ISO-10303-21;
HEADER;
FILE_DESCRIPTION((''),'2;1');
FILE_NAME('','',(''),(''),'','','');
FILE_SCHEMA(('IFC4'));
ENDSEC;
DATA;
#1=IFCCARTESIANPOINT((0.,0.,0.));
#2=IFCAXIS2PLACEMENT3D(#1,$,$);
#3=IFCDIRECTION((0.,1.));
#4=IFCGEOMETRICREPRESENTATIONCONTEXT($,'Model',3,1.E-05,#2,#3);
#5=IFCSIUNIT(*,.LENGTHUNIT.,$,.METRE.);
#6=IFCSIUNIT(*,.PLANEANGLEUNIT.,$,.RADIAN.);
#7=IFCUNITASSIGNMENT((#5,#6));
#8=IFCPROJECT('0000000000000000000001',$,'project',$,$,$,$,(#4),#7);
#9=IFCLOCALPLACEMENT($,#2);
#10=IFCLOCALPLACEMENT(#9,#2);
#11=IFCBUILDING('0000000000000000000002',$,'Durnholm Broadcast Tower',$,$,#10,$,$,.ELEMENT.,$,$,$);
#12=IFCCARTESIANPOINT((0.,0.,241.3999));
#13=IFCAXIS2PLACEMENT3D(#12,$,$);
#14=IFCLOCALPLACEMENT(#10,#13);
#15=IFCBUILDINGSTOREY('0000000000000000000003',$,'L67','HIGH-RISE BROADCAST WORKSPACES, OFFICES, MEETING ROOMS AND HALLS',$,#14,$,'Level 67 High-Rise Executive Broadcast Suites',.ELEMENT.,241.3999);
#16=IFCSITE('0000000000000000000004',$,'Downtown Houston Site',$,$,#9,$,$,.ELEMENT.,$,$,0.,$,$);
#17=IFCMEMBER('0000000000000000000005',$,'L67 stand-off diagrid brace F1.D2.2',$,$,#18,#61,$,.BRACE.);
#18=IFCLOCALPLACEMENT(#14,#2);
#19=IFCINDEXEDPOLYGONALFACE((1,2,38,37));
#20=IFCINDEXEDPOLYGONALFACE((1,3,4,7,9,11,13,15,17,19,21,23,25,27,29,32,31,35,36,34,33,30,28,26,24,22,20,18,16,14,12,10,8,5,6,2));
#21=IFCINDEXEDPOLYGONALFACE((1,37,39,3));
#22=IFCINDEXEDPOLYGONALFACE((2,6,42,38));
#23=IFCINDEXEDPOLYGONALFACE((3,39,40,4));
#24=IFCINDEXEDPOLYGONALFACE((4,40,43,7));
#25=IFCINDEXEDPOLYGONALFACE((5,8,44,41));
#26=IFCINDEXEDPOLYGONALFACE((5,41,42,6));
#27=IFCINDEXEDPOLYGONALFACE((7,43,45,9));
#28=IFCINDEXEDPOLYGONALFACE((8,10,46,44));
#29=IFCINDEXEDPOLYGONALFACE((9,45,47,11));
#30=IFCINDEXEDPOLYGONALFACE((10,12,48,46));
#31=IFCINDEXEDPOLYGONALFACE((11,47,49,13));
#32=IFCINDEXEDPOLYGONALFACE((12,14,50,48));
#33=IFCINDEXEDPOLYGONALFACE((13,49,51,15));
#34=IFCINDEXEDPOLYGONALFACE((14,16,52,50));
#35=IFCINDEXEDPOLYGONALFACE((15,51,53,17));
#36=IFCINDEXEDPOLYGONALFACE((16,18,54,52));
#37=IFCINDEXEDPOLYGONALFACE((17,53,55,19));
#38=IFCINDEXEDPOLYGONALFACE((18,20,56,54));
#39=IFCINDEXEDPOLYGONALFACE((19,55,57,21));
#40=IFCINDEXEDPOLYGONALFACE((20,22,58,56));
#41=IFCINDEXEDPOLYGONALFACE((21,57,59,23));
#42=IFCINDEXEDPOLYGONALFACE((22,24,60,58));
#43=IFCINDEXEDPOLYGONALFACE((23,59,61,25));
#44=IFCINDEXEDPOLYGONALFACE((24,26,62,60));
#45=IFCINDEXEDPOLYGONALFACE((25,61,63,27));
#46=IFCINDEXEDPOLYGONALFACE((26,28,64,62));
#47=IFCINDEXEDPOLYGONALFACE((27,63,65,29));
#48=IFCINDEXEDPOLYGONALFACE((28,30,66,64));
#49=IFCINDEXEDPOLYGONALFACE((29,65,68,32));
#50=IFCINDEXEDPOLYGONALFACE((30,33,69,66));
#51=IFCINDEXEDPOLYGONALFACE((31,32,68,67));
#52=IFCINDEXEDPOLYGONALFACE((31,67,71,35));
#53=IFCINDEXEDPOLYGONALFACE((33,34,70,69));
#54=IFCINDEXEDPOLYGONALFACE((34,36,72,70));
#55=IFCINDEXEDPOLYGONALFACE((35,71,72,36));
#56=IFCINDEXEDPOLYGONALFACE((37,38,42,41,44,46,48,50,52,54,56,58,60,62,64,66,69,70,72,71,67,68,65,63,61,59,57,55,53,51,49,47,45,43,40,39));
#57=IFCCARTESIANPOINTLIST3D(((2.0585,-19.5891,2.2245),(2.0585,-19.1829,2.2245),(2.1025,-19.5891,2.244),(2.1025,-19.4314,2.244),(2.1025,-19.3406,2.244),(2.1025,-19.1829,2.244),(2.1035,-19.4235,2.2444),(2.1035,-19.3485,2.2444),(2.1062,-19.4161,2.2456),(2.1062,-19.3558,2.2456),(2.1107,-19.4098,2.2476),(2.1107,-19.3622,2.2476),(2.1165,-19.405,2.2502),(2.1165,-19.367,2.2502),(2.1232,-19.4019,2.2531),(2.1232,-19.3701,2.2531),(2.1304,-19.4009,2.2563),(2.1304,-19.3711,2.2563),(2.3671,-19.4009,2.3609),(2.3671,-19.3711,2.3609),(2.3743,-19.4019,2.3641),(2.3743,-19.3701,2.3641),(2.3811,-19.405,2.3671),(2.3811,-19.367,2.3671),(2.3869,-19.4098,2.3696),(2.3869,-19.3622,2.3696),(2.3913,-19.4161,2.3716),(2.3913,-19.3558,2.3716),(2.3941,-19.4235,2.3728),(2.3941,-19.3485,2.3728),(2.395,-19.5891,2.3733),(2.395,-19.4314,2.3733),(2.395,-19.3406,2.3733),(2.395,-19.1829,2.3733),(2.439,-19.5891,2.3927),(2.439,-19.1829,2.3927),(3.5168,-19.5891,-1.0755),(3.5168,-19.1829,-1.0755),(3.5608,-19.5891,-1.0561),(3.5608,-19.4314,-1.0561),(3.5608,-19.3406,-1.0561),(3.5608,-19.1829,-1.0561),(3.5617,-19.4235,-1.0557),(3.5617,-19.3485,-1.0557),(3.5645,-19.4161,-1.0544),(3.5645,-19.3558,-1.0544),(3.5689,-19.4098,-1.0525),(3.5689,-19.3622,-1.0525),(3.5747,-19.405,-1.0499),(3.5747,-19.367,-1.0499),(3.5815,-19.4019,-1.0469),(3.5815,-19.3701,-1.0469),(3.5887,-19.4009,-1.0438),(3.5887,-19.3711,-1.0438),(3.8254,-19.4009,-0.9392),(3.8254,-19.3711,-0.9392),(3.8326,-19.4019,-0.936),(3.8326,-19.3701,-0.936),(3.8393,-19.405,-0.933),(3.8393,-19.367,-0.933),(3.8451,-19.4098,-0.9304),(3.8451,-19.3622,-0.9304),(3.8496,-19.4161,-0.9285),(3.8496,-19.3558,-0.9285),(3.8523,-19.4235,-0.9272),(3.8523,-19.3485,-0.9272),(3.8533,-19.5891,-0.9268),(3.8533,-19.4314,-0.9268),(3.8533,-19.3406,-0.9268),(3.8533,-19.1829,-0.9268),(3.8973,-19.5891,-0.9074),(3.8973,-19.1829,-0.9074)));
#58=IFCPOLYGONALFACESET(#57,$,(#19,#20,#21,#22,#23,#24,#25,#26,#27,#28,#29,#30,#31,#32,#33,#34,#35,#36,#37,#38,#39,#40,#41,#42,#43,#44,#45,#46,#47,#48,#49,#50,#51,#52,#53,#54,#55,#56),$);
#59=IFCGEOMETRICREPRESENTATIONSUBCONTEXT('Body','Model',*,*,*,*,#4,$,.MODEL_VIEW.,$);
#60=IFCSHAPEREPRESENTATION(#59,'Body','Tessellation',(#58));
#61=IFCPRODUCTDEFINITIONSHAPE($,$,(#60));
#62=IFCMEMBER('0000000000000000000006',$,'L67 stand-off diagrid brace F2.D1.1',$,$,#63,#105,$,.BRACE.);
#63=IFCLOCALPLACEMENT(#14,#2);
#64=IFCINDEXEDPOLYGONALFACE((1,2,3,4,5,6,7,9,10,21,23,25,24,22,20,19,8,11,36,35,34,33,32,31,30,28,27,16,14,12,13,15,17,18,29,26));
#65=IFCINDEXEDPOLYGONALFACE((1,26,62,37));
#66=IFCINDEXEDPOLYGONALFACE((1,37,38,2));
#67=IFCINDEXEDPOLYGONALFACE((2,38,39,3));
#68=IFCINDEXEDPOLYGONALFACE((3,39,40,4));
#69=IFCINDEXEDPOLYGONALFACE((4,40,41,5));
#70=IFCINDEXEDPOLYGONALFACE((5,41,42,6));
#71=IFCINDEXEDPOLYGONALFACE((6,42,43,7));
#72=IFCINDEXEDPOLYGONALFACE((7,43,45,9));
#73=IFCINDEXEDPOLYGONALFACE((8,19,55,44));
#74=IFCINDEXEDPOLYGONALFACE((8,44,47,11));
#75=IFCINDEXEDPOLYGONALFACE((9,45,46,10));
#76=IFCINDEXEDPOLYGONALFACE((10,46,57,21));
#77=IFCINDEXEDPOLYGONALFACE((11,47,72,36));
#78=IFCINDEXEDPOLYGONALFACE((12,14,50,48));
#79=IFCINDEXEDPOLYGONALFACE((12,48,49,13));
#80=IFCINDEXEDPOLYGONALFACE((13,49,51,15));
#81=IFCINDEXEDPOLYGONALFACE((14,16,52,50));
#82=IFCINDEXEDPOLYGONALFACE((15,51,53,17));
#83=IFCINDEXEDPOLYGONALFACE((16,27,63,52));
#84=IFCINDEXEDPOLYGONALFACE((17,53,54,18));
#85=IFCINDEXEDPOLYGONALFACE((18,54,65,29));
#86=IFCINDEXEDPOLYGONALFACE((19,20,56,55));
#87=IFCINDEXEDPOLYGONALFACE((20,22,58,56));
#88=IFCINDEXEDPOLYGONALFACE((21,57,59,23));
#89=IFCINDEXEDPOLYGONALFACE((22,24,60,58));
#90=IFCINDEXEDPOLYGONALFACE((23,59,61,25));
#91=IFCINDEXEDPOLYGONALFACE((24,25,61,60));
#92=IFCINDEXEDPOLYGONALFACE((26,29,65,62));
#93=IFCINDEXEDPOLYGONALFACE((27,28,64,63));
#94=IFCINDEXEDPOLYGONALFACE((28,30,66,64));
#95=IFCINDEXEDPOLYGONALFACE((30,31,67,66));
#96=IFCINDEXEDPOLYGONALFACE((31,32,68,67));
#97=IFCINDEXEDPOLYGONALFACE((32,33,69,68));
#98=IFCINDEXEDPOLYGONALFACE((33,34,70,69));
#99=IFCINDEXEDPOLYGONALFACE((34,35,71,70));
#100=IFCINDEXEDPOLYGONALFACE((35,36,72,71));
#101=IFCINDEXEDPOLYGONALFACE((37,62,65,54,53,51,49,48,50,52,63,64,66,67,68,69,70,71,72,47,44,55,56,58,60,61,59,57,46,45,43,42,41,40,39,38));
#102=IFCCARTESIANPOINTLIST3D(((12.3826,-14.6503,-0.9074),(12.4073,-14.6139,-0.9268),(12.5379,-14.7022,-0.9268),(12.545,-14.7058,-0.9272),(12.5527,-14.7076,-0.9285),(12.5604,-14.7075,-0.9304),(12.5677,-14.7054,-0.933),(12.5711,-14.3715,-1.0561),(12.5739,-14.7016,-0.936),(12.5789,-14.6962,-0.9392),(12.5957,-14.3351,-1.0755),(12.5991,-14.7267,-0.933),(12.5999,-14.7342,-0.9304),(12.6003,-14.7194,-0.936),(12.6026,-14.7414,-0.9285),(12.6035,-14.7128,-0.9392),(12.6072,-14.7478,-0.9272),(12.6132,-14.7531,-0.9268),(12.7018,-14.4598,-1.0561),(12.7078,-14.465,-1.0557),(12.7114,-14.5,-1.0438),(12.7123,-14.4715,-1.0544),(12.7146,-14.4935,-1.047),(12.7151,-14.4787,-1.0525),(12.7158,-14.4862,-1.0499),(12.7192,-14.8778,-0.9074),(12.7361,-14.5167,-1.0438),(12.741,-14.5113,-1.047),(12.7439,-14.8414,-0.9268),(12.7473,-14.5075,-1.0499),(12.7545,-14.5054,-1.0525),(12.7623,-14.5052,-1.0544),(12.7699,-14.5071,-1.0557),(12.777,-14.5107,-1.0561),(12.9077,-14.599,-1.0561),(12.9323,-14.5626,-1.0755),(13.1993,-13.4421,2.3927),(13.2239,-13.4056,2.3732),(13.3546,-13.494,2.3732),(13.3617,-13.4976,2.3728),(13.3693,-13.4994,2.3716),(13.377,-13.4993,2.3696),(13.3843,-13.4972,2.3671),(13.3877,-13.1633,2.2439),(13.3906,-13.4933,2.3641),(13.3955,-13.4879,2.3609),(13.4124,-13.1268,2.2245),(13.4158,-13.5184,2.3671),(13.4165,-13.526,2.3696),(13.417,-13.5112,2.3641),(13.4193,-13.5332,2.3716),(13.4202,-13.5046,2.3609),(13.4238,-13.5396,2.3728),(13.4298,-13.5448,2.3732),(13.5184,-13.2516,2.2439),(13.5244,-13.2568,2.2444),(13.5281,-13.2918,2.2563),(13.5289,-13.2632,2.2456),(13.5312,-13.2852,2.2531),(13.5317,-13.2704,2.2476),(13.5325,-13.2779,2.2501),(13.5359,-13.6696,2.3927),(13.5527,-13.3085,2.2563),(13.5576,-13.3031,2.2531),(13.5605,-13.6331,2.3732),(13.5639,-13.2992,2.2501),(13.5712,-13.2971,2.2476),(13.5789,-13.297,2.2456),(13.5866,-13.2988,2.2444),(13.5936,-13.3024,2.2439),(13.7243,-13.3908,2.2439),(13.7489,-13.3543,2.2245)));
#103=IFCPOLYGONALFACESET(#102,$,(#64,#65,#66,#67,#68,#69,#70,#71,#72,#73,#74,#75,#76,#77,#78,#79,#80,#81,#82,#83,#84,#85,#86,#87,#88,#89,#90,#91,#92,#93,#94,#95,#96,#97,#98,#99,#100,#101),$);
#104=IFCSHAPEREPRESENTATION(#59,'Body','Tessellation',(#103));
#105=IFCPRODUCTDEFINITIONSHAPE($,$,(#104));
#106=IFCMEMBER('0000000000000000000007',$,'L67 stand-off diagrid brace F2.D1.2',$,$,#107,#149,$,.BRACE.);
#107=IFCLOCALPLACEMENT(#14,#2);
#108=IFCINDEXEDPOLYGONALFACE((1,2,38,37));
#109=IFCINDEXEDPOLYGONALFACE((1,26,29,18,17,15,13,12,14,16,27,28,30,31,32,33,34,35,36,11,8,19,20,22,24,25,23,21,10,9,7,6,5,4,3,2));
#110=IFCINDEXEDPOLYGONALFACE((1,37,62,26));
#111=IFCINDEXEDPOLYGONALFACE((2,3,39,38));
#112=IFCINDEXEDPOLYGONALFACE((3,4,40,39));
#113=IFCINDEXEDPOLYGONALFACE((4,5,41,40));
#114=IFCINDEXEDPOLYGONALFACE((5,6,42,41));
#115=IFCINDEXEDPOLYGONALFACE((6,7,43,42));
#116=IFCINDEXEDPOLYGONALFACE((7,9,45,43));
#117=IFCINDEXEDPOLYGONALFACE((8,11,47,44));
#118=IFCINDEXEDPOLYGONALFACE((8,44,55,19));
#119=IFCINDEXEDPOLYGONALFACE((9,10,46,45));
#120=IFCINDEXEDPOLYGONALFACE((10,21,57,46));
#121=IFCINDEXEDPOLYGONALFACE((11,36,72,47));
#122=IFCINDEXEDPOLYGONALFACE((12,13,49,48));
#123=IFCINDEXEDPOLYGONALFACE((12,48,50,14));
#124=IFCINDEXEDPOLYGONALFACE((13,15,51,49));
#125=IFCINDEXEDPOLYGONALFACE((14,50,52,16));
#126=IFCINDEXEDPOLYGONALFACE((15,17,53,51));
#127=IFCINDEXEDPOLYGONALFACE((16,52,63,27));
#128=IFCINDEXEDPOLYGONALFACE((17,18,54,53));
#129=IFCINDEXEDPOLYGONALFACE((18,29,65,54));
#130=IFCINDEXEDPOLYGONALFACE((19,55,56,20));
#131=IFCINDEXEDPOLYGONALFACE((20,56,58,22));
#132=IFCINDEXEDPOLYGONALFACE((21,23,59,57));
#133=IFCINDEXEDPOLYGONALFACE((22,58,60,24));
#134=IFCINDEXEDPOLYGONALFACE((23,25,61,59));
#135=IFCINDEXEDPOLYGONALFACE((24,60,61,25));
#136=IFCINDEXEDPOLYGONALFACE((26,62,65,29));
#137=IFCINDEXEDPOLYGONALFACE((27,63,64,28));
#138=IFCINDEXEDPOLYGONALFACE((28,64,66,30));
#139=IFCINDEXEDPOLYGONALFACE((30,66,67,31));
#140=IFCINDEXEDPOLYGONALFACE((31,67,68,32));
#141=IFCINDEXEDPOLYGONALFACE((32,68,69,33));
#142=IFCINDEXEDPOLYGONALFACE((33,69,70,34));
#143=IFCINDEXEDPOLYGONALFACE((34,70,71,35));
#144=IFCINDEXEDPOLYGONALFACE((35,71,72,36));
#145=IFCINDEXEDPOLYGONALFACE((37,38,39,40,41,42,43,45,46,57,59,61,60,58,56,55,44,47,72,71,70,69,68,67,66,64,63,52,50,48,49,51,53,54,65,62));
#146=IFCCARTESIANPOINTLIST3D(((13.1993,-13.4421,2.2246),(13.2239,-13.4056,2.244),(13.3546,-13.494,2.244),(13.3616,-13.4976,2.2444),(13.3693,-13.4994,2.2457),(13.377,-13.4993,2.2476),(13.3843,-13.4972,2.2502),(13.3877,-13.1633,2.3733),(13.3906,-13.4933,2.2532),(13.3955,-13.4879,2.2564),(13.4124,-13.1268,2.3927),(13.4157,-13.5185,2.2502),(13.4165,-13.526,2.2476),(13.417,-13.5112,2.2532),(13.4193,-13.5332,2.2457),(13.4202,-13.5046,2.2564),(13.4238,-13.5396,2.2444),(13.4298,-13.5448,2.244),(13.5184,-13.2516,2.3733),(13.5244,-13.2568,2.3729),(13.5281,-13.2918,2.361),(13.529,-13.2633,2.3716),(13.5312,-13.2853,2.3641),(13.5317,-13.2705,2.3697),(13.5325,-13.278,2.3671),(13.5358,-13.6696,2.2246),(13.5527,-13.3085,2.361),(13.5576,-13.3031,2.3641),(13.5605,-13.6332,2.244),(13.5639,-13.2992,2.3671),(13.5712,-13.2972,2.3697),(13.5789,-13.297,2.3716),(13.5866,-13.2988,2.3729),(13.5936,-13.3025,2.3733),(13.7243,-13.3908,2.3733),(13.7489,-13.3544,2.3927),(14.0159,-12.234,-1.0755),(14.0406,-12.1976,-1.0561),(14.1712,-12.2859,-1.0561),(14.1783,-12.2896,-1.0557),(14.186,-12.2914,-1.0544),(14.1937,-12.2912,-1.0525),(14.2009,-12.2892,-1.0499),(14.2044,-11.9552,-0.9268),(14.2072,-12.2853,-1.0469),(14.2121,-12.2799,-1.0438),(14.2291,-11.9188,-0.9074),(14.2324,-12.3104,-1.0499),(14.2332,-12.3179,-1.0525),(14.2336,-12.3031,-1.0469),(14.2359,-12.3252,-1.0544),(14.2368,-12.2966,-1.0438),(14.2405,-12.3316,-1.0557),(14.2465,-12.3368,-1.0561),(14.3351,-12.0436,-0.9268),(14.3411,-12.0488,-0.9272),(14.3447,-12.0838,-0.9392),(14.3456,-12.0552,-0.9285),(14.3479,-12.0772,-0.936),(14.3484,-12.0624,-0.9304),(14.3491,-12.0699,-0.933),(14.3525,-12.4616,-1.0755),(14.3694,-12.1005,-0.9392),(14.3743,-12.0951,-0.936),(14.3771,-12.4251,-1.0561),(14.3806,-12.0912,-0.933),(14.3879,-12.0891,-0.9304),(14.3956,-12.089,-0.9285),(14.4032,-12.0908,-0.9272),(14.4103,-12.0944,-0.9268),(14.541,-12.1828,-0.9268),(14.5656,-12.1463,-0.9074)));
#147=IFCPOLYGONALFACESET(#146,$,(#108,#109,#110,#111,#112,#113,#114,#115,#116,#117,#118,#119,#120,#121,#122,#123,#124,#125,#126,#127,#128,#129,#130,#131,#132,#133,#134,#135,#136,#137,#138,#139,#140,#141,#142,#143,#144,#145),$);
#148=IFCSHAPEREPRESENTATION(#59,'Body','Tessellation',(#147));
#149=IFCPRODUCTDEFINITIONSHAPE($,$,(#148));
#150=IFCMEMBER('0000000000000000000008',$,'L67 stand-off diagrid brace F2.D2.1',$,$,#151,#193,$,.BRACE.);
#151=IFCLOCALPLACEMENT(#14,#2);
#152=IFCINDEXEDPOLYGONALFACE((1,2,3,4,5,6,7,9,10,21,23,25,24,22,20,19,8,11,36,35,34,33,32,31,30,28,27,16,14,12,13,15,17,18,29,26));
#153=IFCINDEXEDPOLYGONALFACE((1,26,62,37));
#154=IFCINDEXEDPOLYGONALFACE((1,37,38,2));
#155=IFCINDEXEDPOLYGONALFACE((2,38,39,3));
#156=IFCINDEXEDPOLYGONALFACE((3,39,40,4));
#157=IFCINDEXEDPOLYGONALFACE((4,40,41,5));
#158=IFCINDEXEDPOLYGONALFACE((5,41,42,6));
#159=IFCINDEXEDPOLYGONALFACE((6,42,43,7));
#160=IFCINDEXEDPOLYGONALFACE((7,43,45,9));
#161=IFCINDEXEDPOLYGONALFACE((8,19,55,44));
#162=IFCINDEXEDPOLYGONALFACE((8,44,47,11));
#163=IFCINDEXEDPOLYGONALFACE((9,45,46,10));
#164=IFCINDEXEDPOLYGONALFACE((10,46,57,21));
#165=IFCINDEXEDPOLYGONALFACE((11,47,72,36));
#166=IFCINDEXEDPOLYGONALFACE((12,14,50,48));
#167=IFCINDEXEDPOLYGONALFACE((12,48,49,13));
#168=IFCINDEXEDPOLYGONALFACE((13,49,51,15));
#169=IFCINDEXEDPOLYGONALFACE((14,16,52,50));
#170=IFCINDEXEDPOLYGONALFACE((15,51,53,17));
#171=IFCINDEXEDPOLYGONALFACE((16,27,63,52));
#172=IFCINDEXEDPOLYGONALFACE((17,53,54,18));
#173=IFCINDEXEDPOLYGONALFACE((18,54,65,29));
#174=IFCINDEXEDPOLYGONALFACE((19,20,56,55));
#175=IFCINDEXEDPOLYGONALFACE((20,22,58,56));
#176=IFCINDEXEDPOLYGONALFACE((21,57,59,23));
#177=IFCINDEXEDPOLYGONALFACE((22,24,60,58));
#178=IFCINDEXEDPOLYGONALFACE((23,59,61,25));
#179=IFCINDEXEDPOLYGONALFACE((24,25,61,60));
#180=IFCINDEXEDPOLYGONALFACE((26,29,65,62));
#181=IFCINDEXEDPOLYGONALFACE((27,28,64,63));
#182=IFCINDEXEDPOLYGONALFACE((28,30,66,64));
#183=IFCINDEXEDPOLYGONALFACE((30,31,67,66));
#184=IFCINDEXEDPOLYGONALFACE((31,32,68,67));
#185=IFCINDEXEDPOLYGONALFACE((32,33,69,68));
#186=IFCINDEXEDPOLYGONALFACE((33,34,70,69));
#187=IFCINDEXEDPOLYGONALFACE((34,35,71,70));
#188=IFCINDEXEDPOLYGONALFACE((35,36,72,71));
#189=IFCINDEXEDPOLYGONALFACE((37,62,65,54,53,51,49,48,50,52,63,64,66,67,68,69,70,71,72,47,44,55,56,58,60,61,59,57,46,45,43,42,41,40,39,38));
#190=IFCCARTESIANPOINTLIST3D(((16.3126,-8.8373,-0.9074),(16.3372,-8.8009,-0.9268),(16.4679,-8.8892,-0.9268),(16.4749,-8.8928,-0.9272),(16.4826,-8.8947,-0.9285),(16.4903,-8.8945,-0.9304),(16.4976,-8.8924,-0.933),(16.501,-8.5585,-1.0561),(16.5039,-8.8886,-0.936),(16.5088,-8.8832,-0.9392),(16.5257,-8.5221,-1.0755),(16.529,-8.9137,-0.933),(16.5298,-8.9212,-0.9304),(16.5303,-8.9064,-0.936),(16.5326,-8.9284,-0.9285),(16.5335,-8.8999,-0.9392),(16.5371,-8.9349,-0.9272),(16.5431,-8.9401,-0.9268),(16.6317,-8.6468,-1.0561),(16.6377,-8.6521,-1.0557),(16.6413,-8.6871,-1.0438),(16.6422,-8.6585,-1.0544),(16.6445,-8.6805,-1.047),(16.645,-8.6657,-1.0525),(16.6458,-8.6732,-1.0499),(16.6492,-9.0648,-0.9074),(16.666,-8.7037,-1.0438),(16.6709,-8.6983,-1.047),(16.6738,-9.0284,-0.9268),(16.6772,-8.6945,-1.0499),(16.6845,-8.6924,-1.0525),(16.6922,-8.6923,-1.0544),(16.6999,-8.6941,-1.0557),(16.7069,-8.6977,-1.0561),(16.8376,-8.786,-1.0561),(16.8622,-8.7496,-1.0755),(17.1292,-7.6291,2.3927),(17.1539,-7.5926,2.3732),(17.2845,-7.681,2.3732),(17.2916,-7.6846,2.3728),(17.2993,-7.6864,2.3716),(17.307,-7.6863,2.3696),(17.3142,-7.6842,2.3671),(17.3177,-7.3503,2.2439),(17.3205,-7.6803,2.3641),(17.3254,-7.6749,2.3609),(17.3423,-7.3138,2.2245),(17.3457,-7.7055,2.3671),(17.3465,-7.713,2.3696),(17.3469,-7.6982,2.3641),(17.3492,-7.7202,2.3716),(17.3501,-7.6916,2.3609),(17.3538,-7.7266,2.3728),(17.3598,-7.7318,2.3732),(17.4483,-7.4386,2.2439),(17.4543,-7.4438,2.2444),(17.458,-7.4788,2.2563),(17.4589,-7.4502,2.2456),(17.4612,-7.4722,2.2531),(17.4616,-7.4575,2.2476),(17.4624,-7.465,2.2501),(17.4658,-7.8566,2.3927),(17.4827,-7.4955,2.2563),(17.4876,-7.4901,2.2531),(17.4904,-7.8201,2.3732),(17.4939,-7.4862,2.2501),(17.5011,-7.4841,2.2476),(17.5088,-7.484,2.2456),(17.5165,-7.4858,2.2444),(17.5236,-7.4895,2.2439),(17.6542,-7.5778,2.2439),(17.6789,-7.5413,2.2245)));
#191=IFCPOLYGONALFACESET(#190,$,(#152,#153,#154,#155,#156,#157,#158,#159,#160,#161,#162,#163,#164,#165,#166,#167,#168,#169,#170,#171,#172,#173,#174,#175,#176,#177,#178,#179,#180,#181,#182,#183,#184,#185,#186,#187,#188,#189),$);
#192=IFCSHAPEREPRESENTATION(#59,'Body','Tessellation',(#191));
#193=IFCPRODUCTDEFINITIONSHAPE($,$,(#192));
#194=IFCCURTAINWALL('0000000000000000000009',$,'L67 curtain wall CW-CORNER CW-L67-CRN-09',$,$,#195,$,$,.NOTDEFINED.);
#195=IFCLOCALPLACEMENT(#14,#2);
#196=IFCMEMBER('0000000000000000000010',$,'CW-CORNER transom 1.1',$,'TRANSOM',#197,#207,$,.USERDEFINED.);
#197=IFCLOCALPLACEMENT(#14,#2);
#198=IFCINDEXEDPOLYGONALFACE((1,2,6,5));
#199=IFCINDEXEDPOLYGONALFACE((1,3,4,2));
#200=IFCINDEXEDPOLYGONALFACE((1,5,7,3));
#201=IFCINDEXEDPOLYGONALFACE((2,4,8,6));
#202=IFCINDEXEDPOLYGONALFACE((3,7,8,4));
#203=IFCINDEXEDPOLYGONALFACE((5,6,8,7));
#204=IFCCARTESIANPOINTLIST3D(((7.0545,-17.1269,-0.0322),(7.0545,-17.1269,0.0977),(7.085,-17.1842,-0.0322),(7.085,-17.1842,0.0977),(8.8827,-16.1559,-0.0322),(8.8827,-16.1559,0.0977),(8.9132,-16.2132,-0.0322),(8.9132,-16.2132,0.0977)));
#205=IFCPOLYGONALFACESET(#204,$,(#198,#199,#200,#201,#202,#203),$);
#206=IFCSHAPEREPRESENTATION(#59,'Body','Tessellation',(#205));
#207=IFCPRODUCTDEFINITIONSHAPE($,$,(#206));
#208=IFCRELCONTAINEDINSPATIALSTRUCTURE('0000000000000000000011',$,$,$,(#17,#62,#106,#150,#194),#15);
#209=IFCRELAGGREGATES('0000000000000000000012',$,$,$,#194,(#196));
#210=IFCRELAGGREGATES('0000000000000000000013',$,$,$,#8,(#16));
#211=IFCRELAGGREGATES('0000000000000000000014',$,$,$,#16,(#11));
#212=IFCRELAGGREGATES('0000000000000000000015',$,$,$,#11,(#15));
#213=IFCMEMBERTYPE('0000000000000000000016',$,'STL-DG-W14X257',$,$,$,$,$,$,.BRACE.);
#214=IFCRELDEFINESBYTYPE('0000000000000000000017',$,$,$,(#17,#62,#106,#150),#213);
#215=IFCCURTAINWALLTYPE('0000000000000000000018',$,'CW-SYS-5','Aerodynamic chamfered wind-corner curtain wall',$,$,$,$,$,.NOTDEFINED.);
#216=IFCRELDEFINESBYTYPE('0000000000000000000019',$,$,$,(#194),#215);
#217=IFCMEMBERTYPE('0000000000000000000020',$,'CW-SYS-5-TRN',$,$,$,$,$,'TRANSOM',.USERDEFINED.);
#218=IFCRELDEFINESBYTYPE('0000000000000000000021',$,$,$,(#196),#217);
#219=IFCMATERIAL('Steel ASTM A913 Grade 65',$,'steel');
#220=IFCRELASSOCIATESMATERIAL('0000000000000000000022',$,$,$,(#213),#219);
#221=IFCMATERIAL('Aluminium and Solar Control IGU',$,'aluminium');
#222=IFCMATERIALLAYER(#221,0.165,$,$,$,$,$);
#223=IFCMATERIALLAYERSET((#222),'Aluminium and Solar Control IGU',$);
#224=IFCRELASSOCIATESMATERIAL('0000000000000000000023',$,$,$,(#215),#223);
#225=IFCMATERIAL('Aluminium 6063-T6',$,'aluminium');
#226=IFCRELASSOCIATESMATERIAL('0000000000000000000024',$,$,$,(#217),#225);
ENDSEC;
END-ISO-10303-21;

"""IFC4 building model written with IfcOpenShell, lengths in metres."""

from ifc_helpers import new_model, si_unit, direction, frame, origin, origin_2d, place, context, subcontext, project, spatial, rectangle, i_section, extrude, source, transform, mapped, material, layer, layer_set, material_profile, profile_set, type_object, type_shapes, element, aggregate, save


model = new_model("IFC4")

# Units and contexts
model_context = context("Model", 3, precision=1e-05, world=origin(), true_north=direction((0.0, 1.0)))
body_context = subcontext(model_context, "Body", "Model", "MODEL_VIEW")
ifc_project = project(units=[si_unit("LENGTHUNIT", "METRE"), si_unit("PLANEANGLEUNIT", "RADIAN")], contexts=[model_context])

# Site, building, storey
site_placement = place(None, origin())
site = spatial("IfcSite", under=ifc_project, at=site_placement, Name="Downtown Houston Site", CompositionType="ELEMENT", RefElevation=0.0)
building_placement = place(site_placement, origin())
building = spatial("IfcBuilding", under=site, at=building_placement, Name="Durnholm Broadcast Tower", CompositionType="ELEMENT")
storey_placement = place(building_placement, frame((0.0, 0.0, 241.3999)))
storey = spatial("IfcBuildingStorey", under=building, at=storey_placement, Name="L67", Description="HIGH-RISE BROADCAST WORKSPACES, OFFICES, MEETING ROOMS AND HALLS", LongName="Level 67 High-Rise Executive Broadcast Suites", CompositionType="ELEMENT", Elevation=241.3999)

# Members
ifc_material_1 = material(Name="Steel ASTM A913 Grade 65", Category="steel")
ifc_material_profile_1 = material_profile(ifc_material_1, i_section(OverallWidth=0.4062, OverallDepth=0.416, WebThickness=0.0298, FlangeThickness=0.0481, FilletRadius=0.0305, at=origin_2d()), Name="W14X257")
ifc_profile_set_1 = profile_set([ifc_material_profile_1], Name="Steel ASTM A913 Grade 65")
member_type_1 = type_object("IfcMemberType", Name="STL-DG-W14X257", PredefinedType="BRACE", material=ifc_profile_set_1)
shared_shape_1 = source(origin(), body_context, "Body", "SweptSolid", [
    extrude(i_section(OverallWidth=0.4062, OverallDepth=0.416, WebThickness=0.0298, FlangeThickness=0.0481, FilletRadius=0.0305, at=origin_2d()), origin(), (0.0, 0.0, 1.0), 3.6079),
])
type_shapes(member_type_1, [shared_shape_1])
for number, where, z_axis, x_axis, name in (
    (1, (3.707, -19.386, -0.9915), (-0.404185, 0.0, 0.914677), (0.0, -1.0, 0.0), "L67 stand-off diagrid brace F1.D2.2"),
    (2, (12.6575, -14.6064, -0.9915), (0.226349, 0.334888, 0.914667), (-0.828505, 0.559982, 0.0), "L67 stand-off diagrid brace F2.D1.1"),
    (3, (14.2908, -12.1902, -0.9915), (-0.226354, -0.334828, 0.914688), (0.828452, -0.560059, 0.0), "L67 stand-off diagrid brace F2.D1.2"),
    (4, (16.5874, -8.7935, -0.9915), (0.226349, 0.334888, 0.914667), (-0.828505, 0.559982, 0.0), "L67 stand-off diagrid brace F2.D2.1"),
):
    element("IfcMember", number, at=place(storey_placement, frame(where, z_axis=z_axis, x_axis=x_axis)), inside=storey, type_object=member_type_1, Name=name, PredefinedType="BRACE", context=body_context, shape_type="MappedRepresentation", body=[
        mapped(shared_shape_1, transform((0.0, 0.0, 0.0), x_axis=(1.0, 0.0, 0.0), y_axis=(0.0, 1.0, 0.0), z_axis=(0.0, 0.0, 1.0), scale=1.0)),
    ])

# Curtain wall, member
ifc_material_2 = material(Name="Aluminium and Solar Control IGU", Category="aluminium")
ifc_layer_1 = layer(ifc_material_2, 0.165)
ifc_layer_set_1 = layer_set([ifc_layer_1], Name="Aluminium and Solar Control IGU")
curtain_wall_type_1 = type_object("IfcCurtainWallType", Name="CW-SYS-5", Description="Aerodynamic chamfered wind-corner curtain wall", PredefinedType="NOTDEFINED", material=ifc_layer_set_1)
curtain_wall_1_placement = place(storey_placement, origin())
curtain_wall_1 = element("IfcCurtainWall", 5, at=curtain_wall_1_placement, inside=storey, type_object=curtain_wall_type_1, Name="L67 curtain wall CW-CORNER CW-L67-CRN-09", PredefinedType="NOTDEFINED")
ifc_material_3 = material(Name="Aluminium 6063-T6", Category="aluminium")
ifc_material_profile_2 = material_profile(ifc_material_3, rectangle(XDim=0.0649, YDim=0.1299, at=origin_2d()), Name="CWT65X130")
ifc_profile_set_2 = profile_set([ifc_material_profile_2], Name="Aluminium 6063-T6")
member_type_2 = type_object("IfcMemberType", Name="CW-SYS-5-TRN", ElementType="TRANSOM", PredefinedType="USERDEFINED", material=ifc_profile_set_2)
shared_shape_2 = source(origin(), body_context, "Body", "SweptSolid", [
    extrude(rectangle(XDim=0.0649, YDim=0.1299, at=origin_2d()), origin(), (0.0, 0.0, 1.0), 2.0701),
])
type_shapes(member_type_2, [shared_shape_2])
member_1_placement = place(storey_placement, frame((8.8979, -16.1846, 0.0327), z_axis=(-0.883165, -0.469063, 0.0), x_axis=(0.469063, -0.883165, 0.0)))
member_1 = element("IfcMember", 6, at=member_1_placement, type_object=member_type_2, Name="CW-CORNER transom 1.1", ObjectType="TRANSOM", PredefinedType="USERDEFINED", context=body_context, shape_type="MappedRepresentation", body=[
    mapped(shared_shape_2, transform((0.0, 0.0, 0.0), x_axis=(1.0, 0.0, 0.0), y_axis=(0.0, 1.0, 0.0), z_axis=(0.0, 0.0, 1.0), scale=1.0)),
])

aggregate(curtain_wall_1, [member_1])

save(model, "model.ifc")
